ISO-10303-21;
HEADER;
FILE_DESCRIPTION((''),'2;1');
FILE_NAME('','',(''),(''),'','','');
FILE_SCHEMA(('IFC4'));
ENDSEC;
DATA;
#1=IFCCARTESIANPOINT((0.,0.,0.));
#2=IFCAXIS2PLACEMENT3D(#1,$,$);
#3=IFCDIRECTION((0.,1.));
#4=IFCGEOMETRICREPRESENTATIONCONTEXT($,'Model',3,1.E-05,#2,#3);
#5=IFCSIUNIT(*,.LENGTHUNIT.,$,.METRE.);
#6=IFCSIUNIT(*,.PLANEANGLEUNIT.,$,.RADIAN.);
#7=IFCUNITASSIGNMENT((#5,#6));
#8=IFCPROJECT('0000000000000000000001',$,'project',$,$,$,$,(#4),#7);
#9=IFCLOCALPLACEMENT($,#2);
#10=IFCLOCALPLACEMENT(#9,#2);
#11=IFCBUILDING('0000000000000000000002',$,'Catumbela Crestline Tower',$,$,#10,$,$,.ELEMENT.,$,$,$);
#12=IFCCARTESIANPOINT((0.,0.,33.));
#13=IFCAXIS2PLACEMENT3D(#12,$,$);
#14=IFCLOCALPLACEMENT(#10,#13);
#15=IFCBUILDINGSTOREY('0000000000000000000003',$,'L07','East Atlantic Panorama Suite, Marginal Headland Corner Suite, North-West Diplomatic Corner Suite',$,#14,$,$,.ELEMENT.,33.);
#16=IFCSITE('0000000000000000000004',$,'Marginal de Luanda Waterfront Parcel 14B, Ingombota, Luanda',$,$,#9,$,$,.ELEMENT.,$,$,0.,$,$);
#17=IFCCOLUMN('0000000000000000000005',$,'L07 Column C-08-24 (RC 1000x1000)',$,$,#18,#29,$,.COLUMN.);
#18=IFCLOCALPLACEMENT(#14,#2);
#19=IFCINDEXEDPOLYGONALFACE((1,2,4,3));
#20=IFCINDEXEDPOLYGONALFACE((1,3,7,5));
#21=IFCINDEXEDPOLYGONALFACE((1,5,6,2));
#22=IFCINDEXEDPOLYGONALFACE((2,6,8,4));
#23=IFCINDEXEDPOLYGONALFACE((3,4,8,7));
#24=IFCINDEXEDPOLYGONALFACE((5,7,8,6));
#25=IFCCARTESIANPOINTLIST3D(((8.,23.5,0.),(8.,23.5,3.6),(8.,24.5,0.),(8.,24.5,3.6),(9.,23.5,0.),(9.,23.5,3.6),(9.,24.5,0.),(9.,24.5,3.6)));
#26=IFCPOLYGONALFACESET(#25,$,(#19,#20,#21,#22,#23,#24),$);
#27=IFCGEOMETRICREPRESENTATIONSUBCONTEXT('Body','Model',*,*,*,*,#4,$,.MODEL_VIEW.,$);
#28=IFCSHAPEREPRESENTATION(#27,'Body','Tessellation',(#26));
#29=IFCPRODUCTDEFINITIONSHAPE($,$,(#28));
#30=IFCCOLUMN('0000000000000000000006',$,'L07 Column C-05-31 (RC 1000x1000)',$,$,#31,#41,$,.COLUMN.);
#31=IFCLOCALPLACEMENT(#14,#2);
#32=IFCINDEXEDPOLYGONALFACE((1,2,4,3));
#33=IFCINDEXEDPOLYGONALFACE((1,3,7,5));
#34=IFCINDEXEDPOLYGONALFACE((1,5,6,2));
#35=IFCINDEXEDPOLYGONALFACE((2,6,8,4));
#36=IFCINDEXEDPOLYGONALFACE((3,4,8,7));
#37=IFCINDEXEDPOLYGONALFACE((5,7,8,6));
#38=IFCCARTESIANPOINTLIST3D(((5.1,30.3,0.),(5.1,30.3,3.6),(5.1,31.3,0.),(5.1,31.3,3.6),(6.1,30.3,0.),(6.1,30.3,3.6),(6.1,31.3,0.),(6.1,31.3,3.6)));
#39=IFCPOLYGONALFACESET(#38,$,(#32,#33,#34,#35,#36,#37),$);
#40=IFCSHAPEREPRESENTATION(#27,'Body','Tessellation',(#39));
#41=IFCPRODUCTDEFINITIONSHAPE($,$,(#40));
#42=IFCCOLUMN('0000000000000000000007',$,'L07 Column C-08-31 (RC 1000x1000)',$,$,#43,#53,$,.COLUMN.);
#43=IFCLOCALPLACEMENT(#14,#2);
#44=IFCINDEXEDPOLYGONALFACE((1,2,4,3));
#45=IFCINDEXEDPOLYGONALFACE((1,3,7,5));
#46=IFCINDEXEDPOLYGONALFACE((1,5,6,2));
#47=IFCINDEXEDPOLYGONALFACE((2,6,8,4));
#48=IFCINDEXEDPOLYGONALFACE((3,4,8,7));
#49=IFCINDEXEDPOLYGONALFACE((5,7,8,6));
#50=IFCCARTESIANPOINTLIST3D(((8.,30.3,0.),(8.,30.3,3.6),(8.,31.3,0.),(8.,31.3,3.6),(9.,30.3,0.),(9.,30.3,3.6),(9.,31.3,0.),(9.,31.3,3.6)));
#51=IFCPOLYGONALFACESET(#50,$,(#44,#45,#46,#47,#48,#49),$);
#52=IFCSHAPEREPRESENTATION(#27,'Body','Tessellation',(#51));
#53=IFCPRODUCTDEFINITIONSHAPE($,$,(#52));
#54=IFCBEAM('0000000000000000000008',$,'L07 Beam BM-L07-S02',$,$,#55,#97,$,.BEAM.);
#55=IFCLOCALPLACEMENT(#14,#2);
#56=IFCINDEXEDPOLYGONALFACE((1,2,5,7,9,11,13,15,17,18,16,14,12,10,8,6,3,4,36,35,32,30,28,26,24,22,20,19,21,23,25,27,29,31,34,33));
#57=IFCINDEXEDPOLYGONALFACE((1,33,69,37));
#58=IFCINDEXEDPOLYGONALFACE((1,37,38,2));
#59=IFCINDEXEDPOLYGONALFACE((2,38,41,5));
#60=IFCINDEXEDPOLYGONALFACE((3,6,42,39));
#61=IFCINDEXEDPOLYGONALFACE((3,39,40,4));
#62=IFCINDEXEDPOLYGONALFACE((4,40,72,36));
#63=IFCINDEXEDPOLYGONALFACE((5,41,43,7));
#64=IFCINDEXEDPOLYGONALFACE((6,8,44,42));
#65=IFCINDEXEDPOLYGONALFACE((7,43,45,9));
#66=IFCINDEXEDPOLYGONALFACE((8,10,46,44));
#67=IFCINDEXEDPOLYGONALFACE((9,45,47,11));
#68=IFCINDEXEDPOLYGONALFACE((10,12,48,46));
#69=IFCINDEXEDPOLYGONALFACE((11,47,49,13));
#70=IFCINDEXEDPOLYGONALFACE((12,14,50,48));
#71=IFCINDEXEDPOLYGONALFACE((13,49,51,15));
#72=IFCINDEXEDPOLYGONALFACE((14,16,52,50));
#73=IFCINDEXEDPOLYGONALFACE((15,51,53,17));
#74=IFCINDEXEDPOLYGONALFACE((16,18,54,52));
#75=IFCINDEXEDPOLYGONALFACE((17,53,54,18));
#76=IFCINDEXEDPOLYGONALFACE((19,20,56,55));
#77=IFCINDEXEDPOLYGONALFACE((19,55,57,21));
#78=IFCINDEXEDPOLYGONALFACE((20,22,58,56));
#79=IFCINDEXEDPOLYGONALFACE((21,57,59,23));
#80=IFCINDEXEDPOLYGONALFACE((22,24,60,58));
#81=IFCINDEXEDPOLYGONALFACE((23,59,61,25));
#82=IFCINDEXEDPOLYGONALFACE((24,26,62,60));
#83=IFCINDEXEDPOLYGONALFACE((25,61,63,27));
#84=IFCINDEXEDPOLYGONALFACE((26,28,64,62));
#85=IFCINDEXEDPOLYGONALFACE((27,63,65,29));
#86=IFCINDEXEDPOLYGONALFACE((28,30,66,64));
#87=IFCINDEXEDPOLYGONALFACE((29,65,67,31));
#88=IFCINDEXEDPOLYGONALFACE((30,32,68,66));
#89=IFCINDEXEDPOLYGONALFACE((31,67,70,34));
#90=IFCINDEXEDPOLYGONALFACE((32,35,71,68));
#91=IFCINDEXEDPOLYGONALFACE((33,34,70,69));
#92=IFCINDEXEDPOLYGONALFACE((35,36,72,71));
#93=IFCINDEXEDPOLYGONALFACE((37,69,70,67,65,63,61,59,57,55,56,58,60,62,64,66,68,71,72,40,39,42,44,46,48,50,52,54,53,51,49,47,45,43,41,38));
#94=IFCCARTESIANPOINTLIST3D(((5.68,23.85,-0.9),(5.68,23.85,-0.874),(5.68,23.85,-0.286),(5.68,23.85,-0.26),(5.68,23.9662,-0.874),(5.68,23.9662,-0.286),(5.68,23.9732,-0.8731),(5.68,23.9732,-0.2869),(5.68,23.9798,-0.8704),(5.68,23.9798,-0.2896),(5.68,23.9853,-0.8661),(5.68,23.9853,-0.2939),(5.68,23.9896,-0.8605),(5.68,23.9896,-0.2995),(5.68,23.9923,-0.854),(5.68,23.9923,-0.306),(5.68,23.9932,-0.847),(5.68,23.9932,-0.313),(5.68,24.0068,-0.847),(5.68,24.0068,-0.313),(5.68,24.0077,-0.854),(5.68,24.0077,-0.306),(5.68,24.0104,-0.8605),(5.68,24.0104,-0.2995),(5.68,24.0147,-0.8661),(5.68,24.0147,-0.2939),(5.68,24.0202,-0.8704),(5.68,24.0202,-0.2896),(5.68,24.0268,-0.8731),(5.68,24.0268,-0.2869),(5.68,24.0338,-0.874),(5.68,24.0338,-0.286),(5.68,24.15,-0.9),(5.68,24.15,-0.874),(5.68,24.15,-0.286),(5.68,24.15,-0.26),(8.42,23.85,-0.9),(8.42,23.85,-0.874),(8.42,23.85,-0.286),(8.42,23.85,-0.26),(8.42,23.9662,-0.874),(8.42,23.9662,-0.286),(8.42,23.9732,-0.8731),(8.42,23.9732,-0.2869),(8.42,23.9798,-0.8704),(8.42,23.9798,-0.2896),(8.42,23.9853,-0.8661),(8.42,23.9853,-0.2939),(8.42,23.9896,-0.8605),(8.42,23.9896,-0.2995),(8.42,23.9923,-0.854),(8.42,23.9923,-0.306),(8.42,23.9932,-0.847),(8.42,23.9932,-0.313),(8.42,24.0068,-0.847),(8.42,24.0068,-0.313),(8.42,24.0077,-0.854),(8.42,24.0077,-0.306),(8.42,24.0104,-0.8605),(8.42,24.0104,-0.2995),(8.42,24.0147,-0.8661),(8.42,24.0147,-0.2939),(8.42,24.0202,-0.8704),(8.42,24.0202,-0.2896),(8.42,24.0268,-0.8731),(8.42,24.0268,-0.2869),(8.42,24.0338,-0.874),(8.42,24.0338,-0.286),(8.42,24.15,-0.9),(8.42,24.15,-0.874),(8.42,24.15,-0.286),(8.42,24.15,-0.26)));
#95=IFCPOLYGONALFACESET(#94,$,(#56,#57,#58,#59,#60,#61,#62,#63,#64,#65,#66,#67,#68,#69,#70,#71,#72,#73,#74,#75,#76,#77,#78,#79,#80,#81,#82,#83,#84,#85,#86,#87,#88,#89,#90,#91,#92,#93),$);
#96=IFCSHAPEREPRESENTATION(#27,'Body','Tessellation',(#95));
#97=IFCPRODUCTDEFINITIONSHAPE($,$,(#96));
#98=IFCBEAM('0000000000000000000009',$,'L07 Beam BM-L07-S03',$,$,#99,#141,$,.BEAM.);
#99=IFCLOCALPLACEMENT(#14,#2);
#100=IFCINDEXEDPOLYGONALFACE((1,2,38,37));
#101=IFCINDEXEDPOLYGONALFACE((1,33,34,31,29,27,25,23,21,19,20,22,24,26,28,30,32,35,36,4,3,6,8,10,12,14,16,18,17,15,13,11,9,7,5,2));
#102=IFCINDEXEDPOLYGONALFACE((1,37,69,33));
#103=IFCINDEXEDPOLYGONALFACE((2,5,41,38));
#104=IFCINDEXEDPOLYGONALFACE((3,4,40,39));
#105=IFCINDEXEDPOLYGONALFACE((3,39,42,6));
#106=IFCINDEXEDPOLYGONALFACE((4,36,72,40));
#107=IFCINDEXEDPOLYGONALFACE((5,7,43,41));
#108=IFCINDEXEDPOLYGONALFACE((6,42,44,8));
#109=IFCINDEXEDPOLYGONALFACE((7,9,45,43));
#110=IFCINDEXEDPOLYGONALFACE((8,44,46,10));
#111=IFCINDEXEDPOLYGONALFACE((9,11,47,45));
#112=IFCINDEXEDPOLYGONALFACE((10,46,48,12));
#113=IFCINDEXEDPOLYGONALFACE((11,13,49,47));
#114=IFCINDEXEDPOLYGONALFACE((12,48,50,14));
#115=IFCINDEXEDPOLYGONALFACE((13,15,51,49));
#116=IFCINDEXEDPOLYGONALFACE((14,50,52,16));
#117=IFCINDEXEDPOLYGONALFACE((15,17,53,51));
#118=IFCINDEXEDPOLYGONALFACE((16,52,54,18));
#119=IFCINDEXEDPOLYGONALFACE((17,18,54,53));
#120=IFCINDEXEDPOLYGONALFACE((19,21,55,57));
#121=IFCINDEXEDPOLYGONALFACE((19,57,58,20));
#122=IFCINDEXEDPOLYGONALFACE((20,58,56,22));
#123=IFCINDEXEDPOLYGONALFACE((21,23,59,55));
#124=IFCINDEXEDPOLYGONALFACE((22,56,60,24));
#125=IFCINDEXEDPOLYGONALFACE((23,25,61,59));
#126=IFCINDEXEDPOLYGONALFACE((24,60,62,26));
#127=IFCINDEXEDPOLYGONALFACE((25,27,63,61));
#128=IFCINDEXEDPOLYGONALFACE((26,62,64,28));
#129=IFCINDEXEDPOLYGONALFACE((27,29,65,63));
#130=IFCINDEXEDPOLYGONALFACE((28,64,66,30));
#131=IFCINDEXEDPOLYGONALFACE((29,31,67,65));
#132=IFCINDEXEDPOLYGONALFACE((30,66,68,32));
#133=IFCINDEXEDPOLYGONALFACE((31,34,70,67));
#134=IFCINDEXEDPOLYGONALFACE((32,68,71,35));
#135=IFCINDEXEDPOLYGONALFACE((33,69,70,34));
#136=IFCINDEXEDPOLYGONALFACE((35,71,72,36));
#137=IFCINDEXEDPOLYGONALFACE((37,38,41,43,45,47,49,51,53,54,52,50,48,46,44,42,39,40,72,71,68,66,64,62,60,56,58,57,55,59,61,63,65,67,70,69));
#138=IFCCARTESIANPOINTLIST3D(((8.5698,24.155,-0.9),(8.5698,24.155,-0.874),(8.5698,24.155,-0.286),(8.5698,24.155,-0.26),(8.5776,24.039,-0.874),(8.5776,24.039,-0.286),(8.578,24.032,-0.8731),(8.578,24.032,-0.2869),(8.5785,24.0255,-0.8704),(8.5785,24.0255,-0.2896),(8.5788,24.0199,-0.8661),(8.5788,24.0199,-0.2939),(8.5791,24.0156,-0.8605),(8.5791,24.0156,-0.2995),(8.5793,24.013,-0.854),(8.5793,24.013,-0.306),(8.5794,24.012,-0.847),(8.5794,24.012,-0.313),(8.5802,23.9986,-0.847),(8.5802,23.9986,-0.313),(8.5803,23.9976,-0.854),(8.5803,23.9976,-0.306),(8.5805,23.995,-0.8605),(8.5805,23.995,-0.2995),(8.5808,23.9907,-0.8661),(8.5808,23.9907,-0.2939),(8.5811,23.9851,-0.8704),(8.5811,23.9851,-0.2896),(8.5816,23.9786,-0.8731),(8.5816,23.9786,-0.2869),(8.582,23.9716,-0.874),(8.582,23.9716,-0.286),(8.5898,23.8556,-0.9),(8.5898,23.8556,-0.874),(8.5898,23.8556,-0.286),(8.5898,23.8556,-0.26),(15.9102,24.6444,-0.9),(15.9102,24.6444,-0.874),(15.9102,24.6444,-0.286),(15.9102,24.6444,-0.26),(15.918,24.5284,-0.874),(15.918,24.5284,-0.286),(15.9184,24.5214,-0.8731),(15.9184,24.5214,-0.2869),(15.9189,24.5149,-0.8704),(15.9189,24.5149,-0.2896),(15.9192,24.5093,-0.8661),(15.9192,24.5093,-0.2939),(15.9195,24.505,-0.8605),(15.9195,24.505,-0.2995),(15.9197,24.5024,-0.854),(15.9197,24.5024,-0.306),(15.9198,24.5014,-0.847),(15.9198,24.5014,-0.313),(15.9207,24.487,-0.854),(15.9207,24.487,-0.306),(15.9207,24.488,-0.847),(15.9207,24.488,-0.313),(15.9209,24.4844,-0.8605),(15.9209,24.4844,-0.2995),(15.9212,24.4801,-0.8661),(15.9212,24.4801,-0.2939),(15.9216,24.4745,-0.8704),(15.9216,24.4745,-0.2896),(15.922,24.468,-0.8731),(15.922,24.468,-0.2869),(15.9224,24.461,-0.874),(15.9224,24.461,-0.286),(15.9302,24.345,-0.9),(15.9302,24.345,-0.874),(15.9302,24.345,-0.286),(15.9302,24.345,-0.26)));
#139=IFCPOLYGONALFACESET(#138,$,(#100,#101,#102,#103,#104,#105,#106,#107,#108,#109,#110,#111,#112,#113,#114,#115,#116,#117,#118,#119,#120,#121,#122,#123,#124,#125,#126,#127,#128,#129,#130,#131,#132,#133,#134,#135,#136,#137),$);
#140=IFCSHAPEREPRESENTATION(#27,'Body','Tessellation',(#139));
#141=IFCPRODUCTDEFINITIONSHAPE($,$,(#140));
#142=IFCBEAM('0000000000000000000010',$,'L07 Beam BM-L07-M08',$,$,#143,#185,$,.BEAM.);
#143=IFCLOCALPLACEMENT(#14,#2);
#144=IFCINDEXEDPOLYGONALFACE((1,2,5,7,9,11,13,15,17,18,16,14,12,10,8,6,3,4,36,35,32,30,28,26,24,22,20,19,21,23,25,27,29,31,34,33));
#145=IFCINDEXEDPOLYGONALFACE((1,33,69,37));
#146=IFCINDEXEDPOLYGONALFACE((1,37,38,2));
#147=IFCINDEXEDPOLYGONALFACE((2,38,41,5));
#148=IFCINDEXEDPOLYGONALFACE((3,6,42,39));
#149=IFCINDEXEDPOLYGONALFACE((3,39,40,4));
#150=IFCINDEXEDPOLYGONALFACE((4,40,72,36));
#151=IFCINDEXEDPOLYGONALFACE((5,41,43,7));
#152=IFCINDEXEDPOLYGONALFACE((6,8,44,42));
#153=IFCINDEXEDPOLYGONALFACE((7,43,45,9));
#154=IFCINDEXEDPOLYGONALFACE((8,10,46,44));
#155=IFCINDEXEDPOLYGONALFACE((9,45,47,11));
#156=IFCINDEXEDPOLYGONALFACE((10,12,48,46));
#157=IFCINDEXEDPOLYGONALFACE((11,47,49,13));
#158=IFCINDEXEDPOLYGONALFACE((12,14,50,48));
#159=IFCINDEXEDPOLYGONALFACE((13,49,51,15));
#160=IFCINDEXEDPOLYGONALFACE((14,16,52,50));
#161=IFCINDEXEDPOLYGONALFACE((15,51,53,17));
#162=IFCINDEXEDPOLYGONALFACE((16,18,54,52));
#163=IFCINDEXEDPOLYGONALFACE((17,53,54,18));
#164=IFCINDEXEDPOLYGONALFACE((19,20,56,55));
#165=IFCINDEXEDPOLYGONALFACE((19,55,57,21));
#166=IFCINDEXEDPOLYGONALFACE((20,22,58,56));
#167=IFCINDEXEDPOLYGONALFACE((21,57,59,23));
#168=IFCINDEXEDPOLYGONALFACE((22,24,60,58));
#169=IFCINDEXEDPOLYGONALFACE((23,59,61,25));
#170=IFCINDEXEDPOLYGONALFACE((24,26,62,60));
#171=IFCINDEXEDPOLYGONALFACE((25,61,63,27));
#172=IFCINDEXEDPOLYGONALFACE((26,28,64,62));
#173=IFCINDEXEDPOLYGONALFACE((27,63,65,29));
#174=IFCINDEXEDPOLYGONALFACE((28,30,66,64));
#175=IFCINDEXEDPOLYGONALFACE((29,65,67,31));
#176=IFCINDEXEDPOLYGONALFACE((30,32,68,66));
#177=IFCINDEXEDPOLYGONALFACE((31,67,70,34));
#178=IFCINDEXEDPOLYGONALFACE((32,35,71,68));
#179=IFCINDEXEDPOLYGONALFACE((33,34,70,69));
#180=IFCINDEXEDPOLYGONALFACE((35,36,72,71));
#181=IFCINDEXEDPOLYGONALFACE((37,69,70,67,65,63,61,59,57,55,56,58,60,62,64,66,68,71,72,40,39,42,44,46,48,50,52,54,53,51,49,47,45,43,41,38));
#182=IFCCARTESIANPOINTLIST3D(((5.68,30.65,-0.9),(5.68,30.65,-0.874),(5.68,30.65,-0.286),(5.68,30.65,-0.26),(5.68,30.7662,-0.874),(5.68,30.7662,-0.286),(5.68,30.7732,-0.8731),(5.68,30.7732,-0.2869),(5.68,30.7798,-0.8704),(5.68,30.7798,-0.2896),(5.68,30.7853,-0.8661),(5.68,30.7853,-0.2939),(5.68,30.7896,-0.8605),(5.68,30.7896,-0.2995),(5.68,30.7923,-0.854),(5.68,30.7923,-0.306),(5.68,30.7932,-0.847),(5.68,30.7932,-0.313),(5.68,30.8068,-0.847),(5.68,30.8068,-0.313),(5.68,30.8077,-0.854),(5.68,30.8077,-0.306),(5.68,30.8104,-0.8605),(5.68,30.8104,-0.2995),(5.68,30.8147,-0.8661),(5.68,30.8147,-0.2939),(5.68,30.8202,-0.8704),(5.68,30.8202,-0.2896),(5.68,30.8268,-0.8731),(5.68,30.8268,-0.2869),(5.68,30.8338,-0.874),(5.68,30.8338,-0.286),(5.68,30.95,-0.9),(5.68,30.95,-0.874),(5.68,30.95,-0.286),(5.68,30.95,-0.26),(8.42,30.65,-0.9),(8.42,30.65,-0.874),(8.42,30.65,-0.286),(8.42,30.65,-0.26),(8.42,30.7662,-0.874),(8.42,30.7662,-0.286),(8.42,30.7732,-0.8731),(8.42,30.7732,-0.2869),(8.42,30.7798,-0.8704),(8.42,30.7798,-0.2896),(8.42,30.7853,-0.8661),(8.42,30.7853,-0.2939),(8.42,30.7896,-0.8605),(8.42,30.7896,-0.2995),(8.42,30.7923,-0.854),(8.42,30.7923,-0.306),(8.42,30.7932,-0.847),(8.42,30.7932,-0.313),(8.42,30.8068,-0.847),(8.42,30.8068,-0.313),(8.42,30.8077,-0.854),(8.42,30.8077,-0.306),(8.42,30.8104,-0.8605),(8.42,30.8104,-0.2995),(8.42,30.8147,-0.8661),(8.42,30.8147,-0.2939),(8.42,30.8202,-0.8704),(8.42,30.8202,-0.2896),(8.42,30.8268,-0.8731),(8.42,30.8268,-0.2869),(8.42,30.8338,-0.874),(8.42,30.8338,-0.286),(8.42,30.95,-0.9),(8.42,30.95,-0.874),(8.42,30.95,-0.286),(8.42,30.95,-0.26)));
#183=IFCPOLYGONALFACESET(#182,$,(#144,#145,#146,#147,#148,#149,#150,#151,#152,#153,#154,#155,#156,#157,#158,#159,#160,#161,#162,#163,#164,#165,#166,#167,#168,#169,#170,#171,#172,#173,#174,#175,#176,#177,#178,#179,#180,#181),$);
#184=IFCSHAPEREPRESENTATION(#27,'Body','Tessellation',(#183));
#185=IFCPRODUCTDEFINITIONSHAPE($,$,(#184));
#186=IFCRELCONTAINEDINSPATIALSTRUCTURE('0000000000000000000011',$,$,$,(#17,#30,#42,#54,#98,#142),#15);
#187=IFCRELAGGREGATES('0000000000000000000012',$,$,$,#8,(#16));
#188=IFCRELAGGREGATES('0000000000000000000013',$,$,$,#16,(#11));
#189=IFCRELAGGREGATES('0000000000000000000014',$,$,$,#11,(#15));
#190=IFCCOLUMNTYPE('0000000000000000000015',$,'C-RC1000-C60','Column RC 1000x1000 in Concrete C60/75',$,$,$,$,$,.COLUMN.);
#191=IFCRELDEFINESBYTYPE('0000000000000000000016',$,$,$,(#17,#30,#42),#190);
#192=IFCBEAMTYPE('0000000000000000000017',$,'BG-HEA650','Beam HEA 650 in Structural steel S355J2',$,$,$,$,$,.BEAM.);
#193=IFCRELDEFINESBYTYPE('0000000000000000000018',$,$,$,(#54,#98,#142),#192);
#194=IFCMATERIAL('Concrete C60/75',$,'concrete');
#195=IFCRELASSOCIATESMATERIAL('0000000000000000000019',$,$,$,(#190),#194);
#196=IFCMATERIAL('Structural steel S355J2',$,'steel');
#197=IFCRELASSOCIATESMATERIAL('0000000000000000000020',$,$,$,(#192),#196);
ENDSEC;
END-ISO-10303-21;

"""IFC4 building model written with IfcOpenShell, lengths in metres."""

from ifc_helpers import new_model, si_unit, direction, frame, origin, origin_2d, place, context, subcontext, project, spatial, rectangle, i_section, extrude, material, material_profile, profile_set, type_object, element, save


model = new_model("IFC4")

# Units and contexts
model_context = context("Model", 3, precision=1e-05, world=origin(), true_north=direction((0.0, 1.0)))
body_context = subcontext(model_context, "Body", "Model", "MODEL_VIEW")
ifc_project = project(units=[si_unit("LENGTHUNIT", "METRE"), si_unit("PLANEANGLEUNIT", "RADIAN")], contexts=[model_context])

# Site, building, storey
site_placement = place(None, origin())
site = spatial("IfcSite", under=ifc_project, at=site_placement, Name="Marginal de Luanda Waterfront Parcel 14B, Ingombota, Luanda", CompositionType="ELEMENT", RefElevation=0.0)
building_placement = place(site_placement, origin())
building = spatial("IfcBuilding", under=site, at=building_placement, Name="Catumbela Crestline Tower", CompositionType="ELEMENT")
storey_placement = place(building_placement, frame((0.0, 0.0, 33.0)))
storey = spatial("IfcBuildingStorey", under=building, at=storey_placement, Name="L07", Description="East Atlantic Panorama Suite, Marginal Headland Corner Suite, North-West Diplomatic Corner Suite", CompositionType="ELEMENT", Elevation=33.0)

# Columns
ifc_material_1 = material(Name="Concrete C60/75", Category="concrete")
ifc_material_profile_1 = material_profile(ifc_material_1, rectangle(XDim=1.0, YDim=1.0, at=origin_2d()), Name="RC 1000x1000")
ifc_profile_set_1 = profile_set([ifc_material_profile_1], Name="Concrete C60/75")
column_type = type_object("IfcColumnType", Name="C-RC1000-C60", Description="Column RC 1000x1000 in Concrete C60/75", PredefinedType="COLUMN", material=ifc_profile_set_1)
for number, where, z_axis, x_axis, name in (
    (1, (8.5, 24.0, 0.0), (0.0, 0.0, 1.0), (1.0, 0.0, 0.0), "L07 Column C-08-24 (RC 1000x1000)"),
    (2, (5.6, 30.8, 0.0), (0.0, 0.0, 1.0), (1.0, 0.0, 0.0), "L07 Column C-05-31 (RC 1000x1000)"),
    (3, (8.5, 30.8, 0.0), (0.0, 0.0, 1.0), (1.0, 0.0, 0.0), "L07 Column C-08-31 (RC 1000x1000)"),
):
    element("IfcColumn", number, at=place(storey_placement, frame(where, z_axis=z_axis, x_axis=x_axis)), inside=storey, type_object=column_type, Name=name, PredefinedType="COLUMN", context=body_context, shape_type="SweptSolid", body=[
        extrude(rectangle(XDim=1.0, YDim=1.0, at=origin_2d()), origin(), (0.0, 0.0, 1.0), 3.6),
    ])

# Beams
ifc_material_2 = material(Name="Structural steel S355J2", Category="steel")
ifc_material_profile_2 = material_profile(ifc_material_2, i_section(OverallWidth=0.3, OverallDepth=0.64, WebThickness=0.0135, FlangeThickness=0.026, FilletRadius=0.027, at=origin_2d()), Name="HEA 650")
ifc_profile_set_2 = profile_set([ifc_material_profile_2], Name="Structural steel S355J2")
beam_type = type_object("IfcBeamType", Name="BG-HEA650", Description="Beam HEA 650 in Structural steel S355J2", PredefinedType="BEAM", material=ifc_profile_set_2)
beam_1_placement = place(storey_placement, frame((5.68, 24.0, -0.58), z_axis=(1.0, 0.0, 0.0), x_axis=(0.0, 1.0, 0.0)))
element("IfcBeam", 4, at=beam_1_placement, inside=storey, type_object=beam_type, Name="L07 Beam BM-L07-S02", PredefinedType="BEAM", context=body_context, shape_type="SweptSolid", body=[
    extrude(i_section(OverallWidth=0.3, OverallDepth=0.64, WebThickness=0.0135, FlangeThickness=0.026, FilletRadius=0.027, at=origin_2d()), origin(), (0.0, 0.0, 1.0), 2.74),
])
beam_2_placement = place(storey_placement, frame((8.5798, 24.0053, -0.58), z_axis=(0.997785, 0.066524, 0.0), x_axis=(-0.066524, 0.997785, 0.0)))
element("IfcBeam", 5, at=beam_2_placement, inside=storey, type_object=beam_type, Name="L07 Beam BM-L07-S03", PredefinedType="BEAM", context=body_context, shape_type="SweptSolid", body=[
    extrude(i_section(OverallWidth=0.3, OverallDepth=0.64, WebThickness=0.0135, FlangeThickness=0.026, FilletRadius=0.027, at=origin_2d()), origin(), (0.0, 0.0, 1.0), 7.3567),
])
beam_3_placement = place(storey_placement, frame((5.68, 30.8, -0.58), z_axis=(1.0, 0.0, 0.0), x_axis=(0.0, 1.0, 0.0)))
element("IfcBeam", 6, at=beam_3_placement, inside=storey, type_object=beam_type, Name="L07 Beam BM-L07-M08", PredefinedType="BEAM", context=body_context, shape_type="SweptSolid", body=[
    extrude(i_section(OverallWidth=0.3, OverallDepth=0.64, WebThickness=0.0135, FlangeThickness=0.026, FilletRadius=0.027, at=origin_2d()), origin(), (0.0, 0.0, 1.0), 2.74),
])

save(model, "model.ifc")
